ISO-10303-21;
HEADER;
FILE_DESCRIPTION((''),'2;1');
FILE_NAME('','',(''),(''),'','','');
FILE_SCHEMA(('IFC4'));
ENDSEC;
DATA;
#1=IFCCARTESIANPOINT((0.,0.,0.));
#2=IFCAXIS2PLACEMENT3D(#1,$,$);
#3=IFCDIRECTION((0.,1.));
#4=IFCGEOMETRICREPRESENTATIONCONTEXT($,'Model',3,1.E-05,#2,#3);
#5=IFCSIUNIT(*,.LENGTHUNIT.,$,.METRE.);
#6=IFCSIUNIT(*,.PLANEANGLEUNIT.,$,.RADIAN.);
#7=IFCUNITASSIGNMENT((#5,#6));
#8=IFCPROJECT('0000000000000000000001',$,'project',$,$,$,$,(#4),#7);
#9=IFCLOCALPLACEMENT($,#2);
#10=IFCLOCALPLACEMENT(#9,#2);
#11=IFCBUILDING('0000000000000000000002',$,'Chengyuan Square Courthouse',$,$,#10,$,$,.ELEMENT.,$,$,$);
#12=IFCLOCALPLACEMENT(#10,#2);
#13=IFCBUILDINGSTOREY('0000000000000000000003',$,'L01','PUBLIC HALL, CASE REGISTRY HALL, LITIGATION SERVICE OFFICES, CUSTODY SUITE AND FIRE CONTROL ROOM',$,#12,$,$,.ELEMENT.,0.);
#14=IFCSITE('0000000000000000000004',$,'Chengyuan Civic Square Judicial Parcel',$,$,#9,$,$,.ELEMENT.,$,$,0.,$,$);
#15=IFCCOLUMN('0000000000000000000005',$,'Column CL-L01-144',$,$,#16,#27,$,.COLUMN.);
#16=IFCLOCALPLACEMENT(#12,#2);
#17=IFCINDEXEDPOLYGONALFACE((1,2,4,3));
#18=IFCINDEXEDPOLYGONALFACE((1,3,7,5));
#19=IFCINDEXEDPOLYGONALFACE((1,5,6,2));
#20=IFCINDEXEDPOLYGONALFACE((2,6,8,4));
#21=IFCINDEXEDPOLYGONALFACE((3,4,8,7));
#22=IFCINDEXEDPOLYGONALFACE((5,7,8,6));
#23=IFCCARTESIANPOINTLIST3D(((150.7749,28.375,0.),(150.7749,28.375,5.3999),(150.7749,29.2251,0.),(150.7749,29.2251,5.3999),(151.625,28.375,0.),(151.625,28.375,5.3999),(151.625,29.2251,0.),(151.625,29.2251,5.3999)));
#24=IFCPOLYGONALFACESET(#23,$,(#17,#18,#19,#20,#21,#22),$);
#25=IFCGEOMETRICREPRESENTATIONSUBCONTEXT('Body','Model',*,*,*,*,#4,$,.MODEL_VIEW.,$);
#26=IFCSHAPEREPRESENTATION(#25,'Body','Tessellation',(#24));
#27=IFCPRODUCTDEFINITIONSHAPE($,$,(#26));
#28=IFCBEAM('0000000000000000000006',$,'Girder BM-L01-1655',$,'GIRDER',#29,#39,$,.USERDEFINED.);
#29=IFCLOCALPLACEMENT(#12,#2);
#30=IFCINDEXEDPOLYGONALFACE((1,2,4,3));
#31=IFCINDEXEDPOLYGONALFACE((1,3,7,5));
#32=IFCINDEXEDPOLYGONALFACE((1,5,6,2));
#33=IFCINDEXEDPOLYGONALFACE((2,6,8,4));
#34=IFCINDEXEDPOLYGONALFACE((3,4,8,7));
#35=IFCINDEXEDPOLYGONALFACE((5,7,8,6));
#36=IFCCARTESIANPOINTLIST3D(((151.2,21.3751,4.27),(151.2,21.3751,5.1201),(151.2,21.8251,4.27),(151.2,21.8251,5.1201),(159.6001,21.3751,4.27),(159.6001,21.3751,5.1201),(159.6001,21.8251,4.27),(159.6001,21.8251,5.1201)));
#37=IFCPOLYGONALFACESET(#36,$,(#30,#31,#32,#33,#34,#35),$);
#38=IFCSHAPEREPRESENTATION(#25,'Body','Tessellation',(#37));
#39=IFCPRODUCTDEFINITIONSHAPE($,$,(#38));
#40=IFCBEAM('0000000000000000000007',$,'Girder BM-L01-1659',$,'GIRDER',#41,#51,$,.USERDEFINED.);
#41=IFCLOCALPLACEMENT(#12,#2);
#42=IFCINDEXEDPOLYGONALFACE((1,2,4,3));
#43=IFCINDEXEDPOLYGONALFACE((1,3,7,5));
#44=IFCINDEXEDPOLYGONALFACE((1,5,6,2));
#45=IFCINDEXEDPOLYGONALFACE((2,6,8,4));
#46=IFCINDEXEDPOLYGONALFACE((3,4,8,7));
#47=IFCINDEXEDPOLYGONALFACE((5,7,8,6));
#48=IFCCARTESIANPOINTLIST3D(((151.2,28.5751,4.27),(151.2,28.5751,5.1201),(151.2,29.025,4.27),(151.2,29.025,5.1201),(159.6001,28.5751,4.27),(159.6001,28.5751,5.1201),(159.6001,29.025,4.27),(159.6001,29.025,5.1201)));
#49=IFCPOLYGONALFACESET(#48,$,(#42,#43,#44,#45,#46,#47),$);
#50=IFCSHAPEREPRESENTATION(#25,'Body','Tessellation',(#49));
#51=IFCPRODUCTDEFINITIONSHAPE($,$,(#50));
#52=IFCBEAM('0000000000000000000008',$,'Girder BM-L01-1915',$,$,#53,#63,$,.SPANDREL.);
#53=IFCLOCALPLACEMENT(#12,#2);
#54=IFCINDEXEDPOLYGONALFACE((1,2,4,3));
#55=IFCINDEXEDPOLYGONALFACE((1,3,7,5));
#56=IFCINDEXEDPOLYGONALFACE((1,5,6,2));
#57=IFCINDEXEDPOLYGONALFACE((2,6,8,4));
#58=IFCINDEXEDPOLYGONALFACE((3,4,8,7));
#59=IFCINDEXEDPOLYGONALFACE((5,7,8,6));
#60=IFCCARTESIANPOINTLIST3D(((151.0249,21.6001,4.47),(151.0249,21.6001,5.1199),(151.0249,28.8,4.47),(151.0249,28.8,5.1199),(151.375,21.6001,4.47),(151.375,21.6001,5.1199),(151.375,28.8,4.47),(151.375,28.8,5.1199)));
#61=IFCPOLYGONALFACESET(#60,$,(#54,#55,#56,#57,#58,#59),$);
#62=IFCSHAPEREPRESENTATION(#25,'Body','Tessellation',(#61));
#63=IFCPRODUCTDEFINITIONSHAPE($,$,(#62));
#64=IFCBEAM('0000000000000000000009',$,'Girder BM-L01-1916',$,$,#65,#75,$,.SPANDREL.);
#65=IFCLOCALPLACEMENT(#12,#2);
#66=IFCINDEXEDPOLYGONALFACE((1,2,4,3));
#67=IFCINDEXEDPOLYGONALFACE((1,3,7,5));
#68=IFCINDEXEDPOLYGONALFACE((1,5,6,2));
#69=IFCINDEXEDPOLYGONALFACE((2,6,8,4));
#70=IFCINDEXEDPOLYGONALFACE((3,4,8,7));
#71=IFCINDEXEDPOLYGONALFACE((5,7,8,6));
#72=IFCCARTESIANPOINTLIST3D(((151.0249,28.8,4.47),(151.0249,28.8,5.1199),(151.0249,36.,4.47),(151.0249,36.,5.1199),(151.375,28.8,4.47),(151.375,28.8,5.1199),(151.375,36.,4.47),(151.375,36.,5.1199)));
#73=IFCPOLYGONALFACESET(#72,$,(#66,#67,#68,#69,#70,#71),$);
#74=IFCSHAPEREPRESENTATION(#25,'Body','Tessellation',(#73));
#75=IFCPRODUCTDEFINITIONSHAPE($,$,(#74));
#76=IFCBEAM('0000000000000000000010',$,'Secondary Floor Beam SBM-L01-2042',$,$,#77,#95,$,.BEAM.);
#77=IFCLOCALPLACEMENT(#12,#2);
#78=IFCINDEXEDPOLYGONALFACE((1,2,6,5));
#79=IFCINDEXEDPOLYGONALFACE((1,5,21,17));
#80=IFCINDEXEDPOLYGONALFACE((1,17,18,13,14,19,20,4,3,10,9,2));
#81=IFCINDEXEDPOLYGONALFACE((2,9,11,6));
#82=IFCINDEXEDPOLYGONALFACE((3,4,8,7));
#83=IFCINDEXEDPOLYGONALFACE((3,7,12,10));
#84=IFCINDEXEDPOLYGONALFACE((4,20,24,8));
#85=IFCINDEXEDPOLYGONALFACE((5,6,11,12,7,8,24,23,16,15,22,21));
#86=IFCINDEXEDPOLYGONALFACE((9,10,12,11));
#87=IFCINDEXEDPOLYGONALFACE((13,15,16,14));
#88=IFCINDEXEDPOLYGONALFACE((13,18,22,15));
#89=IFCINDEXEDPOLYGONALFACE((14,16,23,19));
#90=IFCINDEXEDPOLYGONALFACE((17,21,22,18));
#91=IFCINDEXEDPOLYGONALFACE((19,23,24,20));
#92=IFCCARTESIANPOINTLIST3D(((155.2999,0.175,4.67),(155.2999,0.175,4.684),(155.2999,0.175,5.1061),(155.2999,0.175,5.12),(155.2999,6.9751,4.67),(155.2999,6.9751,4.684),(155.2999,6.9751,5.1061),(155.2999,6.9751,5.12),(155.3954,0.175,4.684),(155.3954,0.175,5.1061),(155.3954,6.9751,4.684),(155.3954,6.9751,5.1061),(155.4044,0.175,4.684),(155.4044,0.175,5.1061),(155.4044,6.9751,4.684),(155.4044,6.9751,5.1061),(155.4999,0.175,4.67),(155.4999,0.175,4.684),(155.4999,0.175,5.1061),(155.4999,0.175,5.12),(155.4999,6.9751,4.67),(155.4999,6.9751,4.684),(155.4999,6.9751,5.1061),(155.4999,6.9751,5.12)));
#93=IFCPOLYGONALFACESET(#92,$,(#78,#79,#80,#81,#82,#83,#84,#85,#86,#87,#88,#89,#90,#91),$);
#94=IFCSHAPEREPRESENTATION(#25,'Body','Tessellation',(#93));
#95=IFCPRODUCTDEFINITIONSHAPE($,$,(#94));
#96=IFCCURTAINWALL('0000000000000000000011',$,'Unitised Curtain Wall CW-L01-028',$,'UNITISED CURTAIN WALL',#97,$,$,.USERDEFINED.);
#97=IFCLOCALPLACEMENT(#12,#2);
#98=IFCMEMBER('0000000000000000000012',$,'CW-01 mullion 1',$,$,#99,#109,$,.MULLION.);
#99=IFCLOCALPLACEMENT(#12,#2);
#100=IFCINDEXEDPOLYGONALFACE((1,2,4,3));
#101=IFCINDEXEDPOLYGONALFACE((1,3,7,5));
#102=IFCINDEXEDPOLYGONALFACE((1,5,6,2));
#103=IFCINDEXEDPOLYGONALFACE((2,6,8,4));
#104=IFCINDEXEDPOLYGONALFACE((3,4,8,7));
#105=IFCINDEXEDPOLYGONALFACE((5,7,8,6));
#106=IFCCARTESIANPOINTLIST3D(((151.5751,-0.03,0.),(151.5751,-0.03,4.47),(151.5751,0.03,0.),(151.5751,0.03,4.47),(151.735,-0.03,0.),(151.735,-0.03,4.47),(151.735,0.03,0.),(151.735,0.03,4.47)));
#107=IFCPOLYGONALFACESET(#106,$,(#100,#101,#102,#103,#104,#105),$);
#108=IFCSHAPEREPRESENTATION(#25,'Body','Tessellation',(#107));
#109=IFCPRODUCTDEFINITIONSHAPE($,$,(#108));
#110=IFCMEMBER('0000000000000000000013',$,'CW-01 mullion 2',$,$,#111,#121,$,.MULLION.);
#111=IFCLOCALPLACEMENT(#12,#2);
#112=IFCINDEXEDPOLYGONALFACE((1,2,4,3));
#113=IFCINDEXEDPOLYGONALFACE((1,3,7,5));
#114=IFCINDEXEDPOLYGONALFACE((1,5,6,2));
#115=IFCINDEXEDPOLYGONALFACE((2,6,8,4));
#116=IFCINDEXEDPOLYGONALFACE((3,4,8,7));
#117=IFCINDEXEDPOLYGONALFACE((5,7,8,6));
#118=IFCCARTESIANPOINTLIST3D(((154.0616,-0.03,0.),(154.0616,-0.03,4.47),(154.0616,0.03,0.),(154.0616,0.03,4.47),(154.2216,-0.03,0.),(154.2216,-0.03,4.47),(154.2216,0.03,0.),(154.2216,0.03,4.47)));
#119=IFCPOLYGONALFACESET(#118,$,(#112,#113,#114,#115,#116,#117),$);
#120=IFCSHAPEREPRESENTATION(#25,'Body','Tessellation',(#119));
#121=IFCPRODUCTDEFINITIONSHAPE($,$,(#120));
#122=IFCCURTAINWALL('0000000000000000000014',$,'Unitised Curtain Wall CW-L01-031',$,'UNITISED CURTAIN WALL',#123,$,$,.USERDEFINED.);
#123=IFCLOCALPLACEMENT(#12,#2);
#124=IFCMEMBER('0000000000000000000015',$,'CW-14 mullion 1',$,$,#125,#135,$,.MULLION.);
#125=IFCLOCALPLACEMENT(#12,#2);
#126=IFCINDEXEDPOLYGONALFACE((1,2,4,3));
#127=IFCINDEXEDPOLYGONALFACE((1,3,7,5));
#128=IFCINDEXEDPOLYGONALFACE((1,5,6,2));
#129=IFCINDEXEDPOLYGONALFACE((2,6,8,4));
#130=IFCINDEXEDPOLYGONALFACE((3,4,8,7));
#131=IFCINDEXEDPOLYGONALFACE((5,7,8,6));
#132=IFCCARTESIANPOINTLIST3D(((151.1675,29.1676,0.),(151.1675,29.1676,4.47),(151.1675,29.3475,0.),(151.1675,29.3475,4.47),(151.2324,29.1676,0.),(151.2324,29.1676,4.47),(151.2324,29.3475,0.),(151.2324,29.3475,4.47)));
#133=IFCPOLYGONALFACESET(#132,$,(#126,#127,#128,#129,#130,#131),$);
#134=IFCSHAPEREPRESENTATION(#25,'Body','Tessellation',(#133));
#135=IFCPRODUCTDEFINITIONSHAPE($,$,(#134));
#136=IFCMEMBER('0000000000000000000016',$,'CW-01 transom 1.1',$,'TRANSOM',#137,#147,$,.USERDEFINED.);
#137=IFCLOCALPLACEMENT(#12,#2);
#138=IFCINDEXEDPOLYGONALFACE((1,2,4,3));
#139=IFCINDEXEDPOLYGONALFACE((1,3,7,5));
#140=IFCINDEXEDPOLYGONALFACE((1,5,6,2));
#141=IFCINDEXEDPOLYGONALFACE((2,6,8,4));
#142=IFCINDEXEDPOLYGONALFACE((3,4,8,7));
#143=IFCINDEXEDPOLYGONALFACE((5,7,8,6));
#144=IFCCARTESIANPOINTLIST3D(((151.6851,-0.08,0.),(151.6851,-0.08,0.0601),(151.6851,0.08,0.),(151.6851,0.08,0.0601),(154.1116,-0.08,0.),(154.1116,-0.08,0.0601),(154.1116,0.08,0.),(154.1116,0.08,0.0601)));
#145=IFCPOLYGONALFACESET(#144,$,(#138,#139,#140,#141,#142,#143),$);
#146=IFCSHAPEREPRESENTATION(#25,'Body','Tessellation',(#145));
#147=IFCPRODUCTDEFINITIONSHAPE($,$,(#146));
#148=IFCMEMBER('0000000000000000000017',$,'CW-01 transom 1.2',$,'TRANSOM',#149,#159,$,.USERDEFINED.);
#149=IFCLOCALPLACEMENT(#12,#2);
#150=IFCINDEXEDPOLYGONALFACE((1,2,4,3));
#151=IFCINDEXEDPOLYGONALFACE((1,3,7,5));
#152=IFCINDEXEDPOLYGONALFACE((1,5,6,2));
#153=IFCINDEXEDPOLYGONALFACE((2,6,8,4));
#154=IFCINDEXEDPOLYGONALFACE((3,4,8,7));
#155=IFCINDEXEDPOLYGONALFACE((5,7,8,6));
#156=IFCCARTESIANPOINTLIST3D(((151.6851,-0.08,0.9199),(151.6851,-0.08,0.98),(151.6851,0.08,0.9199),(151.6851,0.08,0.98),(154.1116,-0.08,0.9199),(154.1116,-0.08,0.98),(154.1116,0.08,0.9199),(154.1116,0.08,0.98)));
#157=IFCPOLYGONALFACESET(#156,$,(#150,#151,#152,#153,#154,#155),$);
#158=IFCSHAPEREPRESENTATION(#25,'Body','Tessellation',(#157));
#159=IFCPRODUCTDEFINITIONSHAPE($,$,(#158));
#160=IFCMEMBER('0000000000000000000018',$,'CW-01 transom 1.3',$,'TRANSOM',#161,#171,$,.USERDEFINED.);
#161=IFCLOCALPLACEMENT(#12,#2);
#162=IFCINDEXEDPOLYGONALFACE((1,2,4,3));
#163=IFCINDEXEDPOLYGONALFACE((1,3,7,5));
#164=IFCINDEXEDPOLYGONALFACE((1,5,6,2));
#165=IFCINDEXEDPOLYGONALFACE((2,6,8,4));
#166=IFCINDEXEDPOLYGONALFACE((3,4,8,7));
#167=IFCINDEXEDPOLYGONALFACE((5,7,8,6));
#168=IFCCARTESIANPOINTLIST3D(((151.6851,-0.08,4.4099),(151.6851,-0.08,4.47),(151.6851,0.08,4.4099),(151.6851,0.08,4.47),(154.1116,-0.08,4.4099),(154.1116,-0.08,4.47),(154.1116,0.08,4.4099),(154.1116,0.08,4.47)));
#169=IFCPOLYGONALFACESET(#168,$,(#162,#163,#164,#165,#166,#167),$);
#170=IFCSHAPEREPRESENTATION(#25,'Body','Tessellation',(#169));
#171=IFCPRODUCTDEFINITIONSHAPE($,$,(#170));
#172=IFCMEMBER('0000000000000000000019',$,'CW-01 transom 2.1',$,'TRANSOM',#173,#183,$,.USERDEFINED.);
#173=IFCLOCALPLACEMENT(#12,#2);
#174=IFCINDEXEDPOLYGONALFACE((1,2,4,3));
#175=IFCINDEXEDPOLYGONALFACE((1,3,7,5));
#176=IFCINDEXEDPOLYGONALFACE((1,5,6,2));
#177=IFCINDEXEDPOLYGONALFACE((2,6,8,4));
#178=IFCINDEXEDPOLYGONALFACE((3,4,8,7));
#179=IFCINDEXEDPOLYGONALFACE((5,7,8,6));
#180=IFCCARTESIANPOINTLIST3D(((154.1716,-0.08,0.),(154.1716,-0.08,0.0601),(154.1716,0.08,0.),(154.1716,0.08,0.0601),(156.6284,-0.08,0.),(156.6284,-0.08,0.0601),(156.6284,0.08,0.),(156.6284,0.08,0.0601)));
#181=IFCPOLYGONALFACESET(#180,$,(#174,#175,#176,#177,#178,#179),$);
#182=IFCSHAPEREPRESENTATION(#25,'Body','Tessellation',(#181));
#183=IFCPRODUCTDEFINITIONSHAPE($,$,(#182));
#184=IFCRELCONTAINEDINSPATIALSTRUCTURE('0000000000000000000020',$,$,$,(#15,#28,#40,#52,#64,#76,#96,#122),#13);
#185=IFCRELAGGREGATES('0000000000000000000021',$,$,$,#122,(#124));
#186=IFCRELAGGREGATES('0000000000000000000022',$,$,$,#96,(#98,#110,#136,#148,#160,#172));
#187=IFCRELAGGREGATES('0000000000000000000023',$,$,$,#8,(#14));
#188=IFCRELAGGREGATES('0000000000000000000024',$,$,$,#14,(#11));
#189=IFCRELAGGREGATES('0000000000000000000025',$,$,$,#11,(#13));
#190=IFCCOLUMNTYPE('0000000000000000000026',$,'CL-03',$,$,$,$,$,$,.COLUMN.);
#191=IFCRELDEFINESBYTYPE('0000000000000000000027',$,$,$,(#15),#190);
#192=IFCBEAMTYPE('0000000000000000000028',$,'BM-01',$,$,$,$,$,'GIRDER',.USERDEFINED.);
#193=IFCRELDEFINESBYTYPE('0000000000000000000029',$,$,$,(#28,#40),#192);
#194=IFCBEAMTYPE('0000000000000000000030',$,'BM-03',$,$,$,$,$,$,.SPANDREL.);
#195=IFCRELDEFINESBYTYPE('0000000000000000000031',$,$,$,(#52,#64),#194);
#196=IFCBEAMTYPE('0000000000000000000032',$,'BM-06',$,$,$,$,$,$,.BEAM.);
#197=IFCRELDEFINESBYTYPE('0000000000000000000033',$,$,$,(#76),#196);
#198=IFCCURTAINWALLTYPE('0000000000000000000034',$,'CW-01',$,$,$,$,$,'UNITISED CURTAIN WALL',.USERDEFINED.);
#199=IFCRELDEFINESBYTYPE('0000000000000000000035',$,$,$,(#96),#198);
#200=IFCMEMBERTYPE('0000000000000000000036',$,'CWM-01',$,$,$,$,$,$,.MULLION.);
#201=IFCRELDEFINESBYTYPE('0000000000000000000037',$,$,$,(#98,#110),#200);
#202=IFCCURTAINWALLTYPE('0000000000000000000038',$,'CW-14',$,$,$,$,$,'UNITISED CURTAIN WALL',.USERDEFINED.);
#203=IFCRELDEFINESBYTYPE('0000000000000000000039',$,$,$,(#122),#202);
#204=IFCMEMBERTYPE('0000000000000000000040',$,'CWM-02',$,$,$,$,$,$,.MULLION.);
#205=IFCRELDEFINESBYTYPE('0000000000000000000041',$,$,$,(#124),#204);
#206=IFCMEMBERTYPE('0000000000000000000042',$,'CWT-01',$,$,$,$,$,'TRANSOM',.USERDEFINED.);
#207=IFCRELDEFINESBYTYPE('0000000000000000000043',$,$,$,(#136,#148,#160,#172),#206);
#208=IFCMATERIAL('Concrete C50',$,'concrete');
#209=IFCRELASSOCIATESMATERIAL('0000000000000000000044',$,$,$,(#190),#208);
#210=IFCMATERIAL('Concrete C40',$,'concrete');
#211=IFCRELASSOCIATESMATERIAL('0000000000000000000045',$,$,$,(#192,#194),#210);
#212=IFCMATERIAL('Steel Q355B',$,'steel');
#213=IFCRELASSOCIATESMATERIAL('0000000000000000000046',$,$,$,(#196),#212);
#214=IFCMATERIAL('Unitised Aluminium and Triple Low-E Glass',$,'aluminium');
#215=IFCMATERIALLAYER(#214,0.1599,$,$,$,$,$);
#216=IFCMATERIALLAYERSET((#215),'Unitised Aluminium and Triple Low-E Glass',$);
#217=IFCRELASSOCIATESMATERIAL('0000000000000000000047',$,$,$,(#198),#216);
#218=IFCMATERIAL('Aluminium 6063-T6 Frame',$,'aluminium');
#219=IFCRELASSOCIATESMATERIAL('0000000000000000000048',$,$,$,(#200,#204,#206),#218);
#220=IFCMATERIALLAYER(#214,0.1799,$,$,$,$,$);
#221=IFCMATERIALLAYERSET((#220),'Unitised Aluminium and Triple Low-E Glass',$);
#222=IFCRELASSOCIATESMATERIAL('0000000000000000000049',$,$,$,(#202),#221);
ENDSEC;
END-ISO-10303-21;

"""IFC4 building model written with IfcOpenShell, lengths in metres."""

from ifc_helpers import new_model, si_unit, direction, frame, origin, origin_2d, place, context, subcontext, project, spatial, rectangle, i_section, extrude, material, layer, layer_set, material_profile, profile_set, type_object, element, aggregate, save


model = new_model("IFC4")

# Units and contexts
model_context = context("Model", 3, precision=1e-05, world=origin(), true_north=direction((0.0, 1.0)))
body_context = subcontext(model_context, "Body", "Model", "MODEL_VIEW")
ifc_project = project(units=[si_unit("LENGTHUNIT", "METRE"), si_unit("PLANEANGLEUNIT", "RADIAN")], contexts=[model_context])

# Site, building, storey
site_placement = place(None, origin())
site = spatial("IfcSite", under=ifc_project, at=site_placement, Name="Chengyuan Civic Square Judicial Parcel", CompositionType="ELEMENT", RefElevation=0.0)
building_placement = place(site_placement, origin())
building = spatial("IfcBuilding", under=site, at=building_placement, Name="Chengyuan Square Courthouse", CompositionType="ELEMENT")
storey_placement = place(building_placement, origin())
storey = spatial("IfcBuildingStorey", under=building, at=storey_placement, Name="L01", Description="PUBLIC HALL, CASE REGISTRY HALL, LITIGATION SERVICE OFFICES, CUSTODY SUITE AND FIRE CONTROL ROOM", CompositionType="ELEMENT", Elevation=0.0)

# Column
ifc_material_1 = material(Name="Concrete C50", Category="concrete")
ifc_material_profile_1 = material_profile(ifc_material_1, rectangle(XDim=0.8501, YDim=0.8501, at=origin_2d()), Name="RC-COL-850x850")
ifc_profile_set_1 = profile_set([ifc_material_profile_1], Name="Concrete C50")
column_type = type_object("IfcColumnType", Name="CL-03", PredefinedType="COLUMN", material=ifc_profile_set_1)
column_placement = place(storey_placement, frame((151.2, 28.8, 0.0), z_axis=(0.0, 0.0, 1.0), x_axis=(1.0, 0.0, 0.0)))
element("IfcColumn", 1, at=column_placement, inside=storey, type_object=column_type, Name="Column CL-L01-144", PredefinedType="COLUMN", context=body_context, shape_type="SweptSolid", body=[
    extrude(rectangle(XDim=0.8501, YDim=0.8501, at=origin_2d()), origin(), (0.0, 0.0, 1.0), 5.3999),
])

# Beams
ifc_material_2 = material(Name="Concrete C40", Category="concrete")
ifc_material_profile_2 = material_profile(ifc_material_2, rectangle(XDim=0.45, YDim=0.8501, at=origin_2d()), Name="RC-BM-450x850")
ifc_profile_set_2 = profile_set([ifc_material_profile_2], Name="Concrete C40")
beam_type_1 = type_object("IfcBeamType", Name="BM-01", ElementType="GIRDER", PredefinedType="USERDEFINED", material=ifc_profile_set_2)
for number, where, z_axis, x_axis, name in (
    (2, (151.2, 21.6001, 4.6951), (1.0, 0.0, 0.0), (0.0, 1.0, 0.0), "Girder BM-L01-1655"),
    (3, (151.2, 28.8, 4.6951), (1.0, 0.0, 0.0), (0.0, 1.0, 0.0), "Girder BM-L01-1659"),
):
    element("IfcBeam", number, at=place(storey_placement, frame(where, z_axis=z_axis, x_axis=x_axis)), inside=storey, type_object=beam_type_1, Name=name, ObjectType="GIRDER", PredefinedType="USERDEFINED", context=body_context, shape_type="SweptSolid", body=[
        extrude(rectangle(XDim=0.45, YDim=0.8501, at=origin_2d()), origin(), (0.0, 0.0, 1.0), 8.4001),
    ])
ifc_material_profile_3 = material_profile(ifc_material_2, rectangle(XDim=0.3501, YDim=0.6499, at=origin_2d()), Name="RC-BM-350x650")
ifc_profile_set_3 = profile_set([ifc_material_profile_3], Name="Concrete C40")
beam_type_2 = type_object("IfcBeamType", Name="BM-03", PredefinedType="SPANDREL", material=ifc_profile_set_3)
for number, where, z_axis, x_axis, name in (
    (4, (151.2, 21.6001, 4.7949), (0.0, 1.0, 0.0), (-1.0, 0.0, 0.0), "Girder BM-L01-1915"),
    (5, (151.2, 28.8, 4.7949), (0.0, 1.0, 0.0), (-1.0, 0.0, 0.0), "Girder BM-L01-1916"),
):
    element("IfcBeam", number, at=place(storey_placement, frame(where, z_axis=z_axis, x_axis=x_axis)), inside=storey, type_object=beam_type_2, Name=name, PredefinedType="SPANDREL", context=body_context, shape_type="SweptSolid", body=[
        extrude(rectangle(XDim=0.3501, YDim=0.6499, at=origin_2d()), origin(), (0.0, 0.0, 1.0), 7.2),
    ])
ifc_material_3 = material(Name="Steel Q355B", Category="steel")
ifc_material_profile_4 = material_profile(ifc_material_3, i_section(OverallWidth=0.2, OverallDepth=0.45, WebThickness=0.009, FlangeThickness=0.0139, at=origin_2d()), Name="HN 450x200x9x14")
ifc_profile_set_4 = profile_set([ifc_material_profile_4], Name="Steel Q355B")
beam_type_3 = type_object("IfcBeamType", Name="BM-06", PredefinedType="BEAM", material=ifc_profile_set_4)
beam_placement = place(storey_placement, frame((155.3999, 0.175, 4.895), z_axis=(0.0, 1.0, 0.0), x_axis=(-1.0, 0.0, 0.0)))
element("IfcBeam", 6, at=beam_placement, inside=storey, type_object=beam_type_3, Name="Secondary Floor Beam SBM-L01-2042", PredefinedType="BEAM", context=body_context, shape_type="SweptSolid", body=[
    extrude(i_section(OverallWidth=0.2, OverallDepth=0.45, WebThickness=0.009, FlangeThickness=0.0139, at=origin_2d()), origin(), (0.0, 0.0, 1.0), 6.8),
])

# Curtain wall, members
ifc_material_4 = material(Name="Unitised Aluminium and Triple Low-E Glass", Category="aluminium")
ifc_layer_1 = layer(ifc_material_4, 0.1599)
ifc_layer_set_1 = layer_set([ifc_layer_1], Name="Unitised Aluminium and Triple Low-E Glass")
curtain_wall_type_1 = type_object("IfcCurtainWallType", Name="CW-01", ElementType="UNITISED CURTAIN WALL", PredefinedType="USERDEFINED", material=ifc_layer_set_1)
curtain_wall_1_placement = place(storey_placement, origin())
curtain_wall_1 = element("IfcCurtainWall", 7, at=curtain_wall_1_placement, inside=storey, type_object=curtain_wall_type_1, Name="Unitised Curtain Wall CW-L01-028", ObjectType="UNITISED CURTAIN WALL", PredefinedType="USERDEFINED")
ifc_material_5 = material(Name="Aluminium 6063-T6 Frame", Category="aluminium")
ifc_material_profile_5 = material_profile(ifc_material_5, rectangle(XDim=0.0601, YDim=0.1599, at=origin_2d()), Name="CW-MUL-60x160")
ifc_profile_set_5 = profile_set([ifc_material_profile_5], Name="Aluminium 6063-T6 Frame")
member_type_1 = type_object("IfcMemberType", Name="CWM-01", PredefinedType="MULLION", material=ifc_profile_set_5)
member_1_placement = place(storey_placement, frame((151.655, 0.0, 0.0), z_axis=(0.0, 0.0, 1.0), x_axis=(0.0, 1.0, 0.0)))
member_1 = element("IfcMember", 8, at=member_1_placement, type_object=member_type_1, Name="CW-01 mullion 1", PredefinedType="MULLION", context=body_context, shape_type="SweptSolid", body=[
    extrude(rectangle(XDim=0.0601, YDim=0.1599, at=origin_2d()), origin(), (0.0, 0.0, 1.0), 4.47),
])
member_2_placement = place(storey_placement, frame((154.1416, 0.0, 0.0), z_axis=(0.0, 0.0, 1.0), x_axis=(0.0, 1.0, 0.0)))
member_2 = element("IfcMember", 9, at=member_2_placement, type_object=member_type_1, Name="CW-01 mullion 2", PredefinedType="MULLION", context=body_context, shape_type="SweptSolid", body=[
    extrude(rectangle(XDim=0.0601, YDim=0.1599, at=origin_2d()), origin(), (0.0, 0.0, 1.0), 4.47),
])

# Curtain wall, member
ifc_layer_2 = layer(ifc_material_4, 0.1799)
ifc_layer_set_2 = layer_set([ifc_layer_2], Name="Unitised Aluminium and Triple Low-E Glass")
curtain_wall_type_2 = type_object("IfcCurtainWallType", Name="CW-14", ElementType="UNITISED CURTAIN WALL", PredefinedType="USERDEFINED", material=ifc_layer_set_2)
curtain_wall_2_placement = place(storey_placement, origin())
curtain_wall_2 = element("IfcCurtainWall", 10, at=curtain_wall_2_placement, inside=storey, type_object=curtain_wall_type_2, Name="Unitised Curtain Wall CW-L01-031", ObjectType="UNITISED CURTAIN WALL", PredefinedType="USERDEFINED")
ifc_material_profile_6 = material_profile(ifc_material_5, rectangle(XDim=0.0649, YDim=0.1799, at=origin_2d()), Name="CW-MUL-65x180")
ifc_profile_set_6 = profile_set([ifc_material_profile_6], Name="Aluminium 6063-T6 Frame")
member_type_2 = type_object("IfcMemberType", Name="CWM-02", PredefinedType="MULLION", material=ifc_profile_set_6)
member_3_placement = place(storey_placement, frame((151.2, 29.2576, 0.0), z_axis=(0.0, 0.0, 1.0), x_axis=(-1.0, 0.0, 0.0)))
member_3 = element("IfcMember", 11, at=member_3_placement, type_object=member_type_2, Name="CW-14 mullion 1", PredefinedType="MULLION", context=body_context, shape_type="SweptSolid", body=[
    extrude(rectangle(XDim=0.0649, YDim=0.1799, at=origin_2d()), origin(), (0.0, 0.0, 1.0), 4.47),
])

# Members
ifc_material_profile_7 = material_profile(ifc_material_5, rectangle(XDim=0.1599, YDim=0.0601, at=origin_2d()), Name="CW-TRN-60x120")
ifc_profile_set_7 = profile_set([ifc_material_profile_7], Name="Aluminium 6063-T6 Frame")
member_type_3 = type_object("IfcMemberType", Name="CWT-01", ElementType="TRANSOM", PredefinedType="USERDEFINED", material=ifc_profile_set_7)
member_4_placement = place(storey_placement, frame((151.6851, 0.0, 0.03), z_axis=(1.0, 0.0, 0.0), x_axis=(0.0, 1.0, 0.0)))
member_4 = element("IfcMember", 12, at=member_4_placement, type_object=member_type_3, Name="CW-01 transom 1.1", ObjectType="TRANSOM", PredefinedType="USERDEFINED", context=body_context, shape_type="SweptSolid", body=[
    extrude(rectangle(XDim=0.1599, YDim=0.0601, at=origin_2d()), origin(), (0.0, 0.0, 1.0), 2.4265),
])
member_5_placement = place(storey_placement, frame((151.6851, 0.0, 0.95), z_axis=(1.0, 0.0, 0.0), x_axis=(0.0, 1.0, 0.0)))
member_5 = element("IfcMember", 13, at=member_5_placement, type_object=member_type_3, Name="CW-01 transom 1.2", ObjectType="TRANSOM", PredefinedType="USERDEFINED", context=body_context, shape_type="SweptSolid", body=[
    extrude(rectangle(XDim=0.1599, YDim=0.0601, at=origin_2d()), origin(), (0.0, 0.0, 1.0), 2.4265),
])
member_6_placement = place(storey_placement, frame((151.6851, 0.0, 4.4399), z_axis=(1.0, 0.0, 0.0), x_axis=(0.0, 1.0, 0.0)))
member_6 = element("IfcMember", 14, at=member_6_placement, type_object=member_type_3, Name="CW-01 transom 1.3", ObjectType="TRANSOM", PredefinedType="USERDEFINED", context=body_context, shape_type="SweptSolid", body=[
    extrude(rectangle(XDim=0.1599, YDim=0.0601, at=origin_2d()), origin(), (0.0, 0.0, 1.0), 2.4265),
])
member_7_placement = place(storey_placement, frame((154.1716, 0.0, 0.03), z_axis=(1.0, 0.0, 0.0), x_axis=(0.0, 1.0, 0.0)))
member_7 = element("IfcMember", 15, at=member_7_placement, type_object=member_type_3, Name="CW-01 transom 2.1", ObjectType="TRANSOM", PredefinedType="USERDEFINED", context=body_context, shape_type="SweptSolid", body=[
    extrude(rectangle(XDim=0.1599, YDim=0.0601, at=origin_2d()), origin(), (0.0, 0.0, 1.0), 2.4568),
])
aggregate(curtain_wall_2, [member_3])

aggregate(curtain_wall_1, [member_1, member_2, member_4, member_5, member_6, member_7])

save(model, "model.ifc")
